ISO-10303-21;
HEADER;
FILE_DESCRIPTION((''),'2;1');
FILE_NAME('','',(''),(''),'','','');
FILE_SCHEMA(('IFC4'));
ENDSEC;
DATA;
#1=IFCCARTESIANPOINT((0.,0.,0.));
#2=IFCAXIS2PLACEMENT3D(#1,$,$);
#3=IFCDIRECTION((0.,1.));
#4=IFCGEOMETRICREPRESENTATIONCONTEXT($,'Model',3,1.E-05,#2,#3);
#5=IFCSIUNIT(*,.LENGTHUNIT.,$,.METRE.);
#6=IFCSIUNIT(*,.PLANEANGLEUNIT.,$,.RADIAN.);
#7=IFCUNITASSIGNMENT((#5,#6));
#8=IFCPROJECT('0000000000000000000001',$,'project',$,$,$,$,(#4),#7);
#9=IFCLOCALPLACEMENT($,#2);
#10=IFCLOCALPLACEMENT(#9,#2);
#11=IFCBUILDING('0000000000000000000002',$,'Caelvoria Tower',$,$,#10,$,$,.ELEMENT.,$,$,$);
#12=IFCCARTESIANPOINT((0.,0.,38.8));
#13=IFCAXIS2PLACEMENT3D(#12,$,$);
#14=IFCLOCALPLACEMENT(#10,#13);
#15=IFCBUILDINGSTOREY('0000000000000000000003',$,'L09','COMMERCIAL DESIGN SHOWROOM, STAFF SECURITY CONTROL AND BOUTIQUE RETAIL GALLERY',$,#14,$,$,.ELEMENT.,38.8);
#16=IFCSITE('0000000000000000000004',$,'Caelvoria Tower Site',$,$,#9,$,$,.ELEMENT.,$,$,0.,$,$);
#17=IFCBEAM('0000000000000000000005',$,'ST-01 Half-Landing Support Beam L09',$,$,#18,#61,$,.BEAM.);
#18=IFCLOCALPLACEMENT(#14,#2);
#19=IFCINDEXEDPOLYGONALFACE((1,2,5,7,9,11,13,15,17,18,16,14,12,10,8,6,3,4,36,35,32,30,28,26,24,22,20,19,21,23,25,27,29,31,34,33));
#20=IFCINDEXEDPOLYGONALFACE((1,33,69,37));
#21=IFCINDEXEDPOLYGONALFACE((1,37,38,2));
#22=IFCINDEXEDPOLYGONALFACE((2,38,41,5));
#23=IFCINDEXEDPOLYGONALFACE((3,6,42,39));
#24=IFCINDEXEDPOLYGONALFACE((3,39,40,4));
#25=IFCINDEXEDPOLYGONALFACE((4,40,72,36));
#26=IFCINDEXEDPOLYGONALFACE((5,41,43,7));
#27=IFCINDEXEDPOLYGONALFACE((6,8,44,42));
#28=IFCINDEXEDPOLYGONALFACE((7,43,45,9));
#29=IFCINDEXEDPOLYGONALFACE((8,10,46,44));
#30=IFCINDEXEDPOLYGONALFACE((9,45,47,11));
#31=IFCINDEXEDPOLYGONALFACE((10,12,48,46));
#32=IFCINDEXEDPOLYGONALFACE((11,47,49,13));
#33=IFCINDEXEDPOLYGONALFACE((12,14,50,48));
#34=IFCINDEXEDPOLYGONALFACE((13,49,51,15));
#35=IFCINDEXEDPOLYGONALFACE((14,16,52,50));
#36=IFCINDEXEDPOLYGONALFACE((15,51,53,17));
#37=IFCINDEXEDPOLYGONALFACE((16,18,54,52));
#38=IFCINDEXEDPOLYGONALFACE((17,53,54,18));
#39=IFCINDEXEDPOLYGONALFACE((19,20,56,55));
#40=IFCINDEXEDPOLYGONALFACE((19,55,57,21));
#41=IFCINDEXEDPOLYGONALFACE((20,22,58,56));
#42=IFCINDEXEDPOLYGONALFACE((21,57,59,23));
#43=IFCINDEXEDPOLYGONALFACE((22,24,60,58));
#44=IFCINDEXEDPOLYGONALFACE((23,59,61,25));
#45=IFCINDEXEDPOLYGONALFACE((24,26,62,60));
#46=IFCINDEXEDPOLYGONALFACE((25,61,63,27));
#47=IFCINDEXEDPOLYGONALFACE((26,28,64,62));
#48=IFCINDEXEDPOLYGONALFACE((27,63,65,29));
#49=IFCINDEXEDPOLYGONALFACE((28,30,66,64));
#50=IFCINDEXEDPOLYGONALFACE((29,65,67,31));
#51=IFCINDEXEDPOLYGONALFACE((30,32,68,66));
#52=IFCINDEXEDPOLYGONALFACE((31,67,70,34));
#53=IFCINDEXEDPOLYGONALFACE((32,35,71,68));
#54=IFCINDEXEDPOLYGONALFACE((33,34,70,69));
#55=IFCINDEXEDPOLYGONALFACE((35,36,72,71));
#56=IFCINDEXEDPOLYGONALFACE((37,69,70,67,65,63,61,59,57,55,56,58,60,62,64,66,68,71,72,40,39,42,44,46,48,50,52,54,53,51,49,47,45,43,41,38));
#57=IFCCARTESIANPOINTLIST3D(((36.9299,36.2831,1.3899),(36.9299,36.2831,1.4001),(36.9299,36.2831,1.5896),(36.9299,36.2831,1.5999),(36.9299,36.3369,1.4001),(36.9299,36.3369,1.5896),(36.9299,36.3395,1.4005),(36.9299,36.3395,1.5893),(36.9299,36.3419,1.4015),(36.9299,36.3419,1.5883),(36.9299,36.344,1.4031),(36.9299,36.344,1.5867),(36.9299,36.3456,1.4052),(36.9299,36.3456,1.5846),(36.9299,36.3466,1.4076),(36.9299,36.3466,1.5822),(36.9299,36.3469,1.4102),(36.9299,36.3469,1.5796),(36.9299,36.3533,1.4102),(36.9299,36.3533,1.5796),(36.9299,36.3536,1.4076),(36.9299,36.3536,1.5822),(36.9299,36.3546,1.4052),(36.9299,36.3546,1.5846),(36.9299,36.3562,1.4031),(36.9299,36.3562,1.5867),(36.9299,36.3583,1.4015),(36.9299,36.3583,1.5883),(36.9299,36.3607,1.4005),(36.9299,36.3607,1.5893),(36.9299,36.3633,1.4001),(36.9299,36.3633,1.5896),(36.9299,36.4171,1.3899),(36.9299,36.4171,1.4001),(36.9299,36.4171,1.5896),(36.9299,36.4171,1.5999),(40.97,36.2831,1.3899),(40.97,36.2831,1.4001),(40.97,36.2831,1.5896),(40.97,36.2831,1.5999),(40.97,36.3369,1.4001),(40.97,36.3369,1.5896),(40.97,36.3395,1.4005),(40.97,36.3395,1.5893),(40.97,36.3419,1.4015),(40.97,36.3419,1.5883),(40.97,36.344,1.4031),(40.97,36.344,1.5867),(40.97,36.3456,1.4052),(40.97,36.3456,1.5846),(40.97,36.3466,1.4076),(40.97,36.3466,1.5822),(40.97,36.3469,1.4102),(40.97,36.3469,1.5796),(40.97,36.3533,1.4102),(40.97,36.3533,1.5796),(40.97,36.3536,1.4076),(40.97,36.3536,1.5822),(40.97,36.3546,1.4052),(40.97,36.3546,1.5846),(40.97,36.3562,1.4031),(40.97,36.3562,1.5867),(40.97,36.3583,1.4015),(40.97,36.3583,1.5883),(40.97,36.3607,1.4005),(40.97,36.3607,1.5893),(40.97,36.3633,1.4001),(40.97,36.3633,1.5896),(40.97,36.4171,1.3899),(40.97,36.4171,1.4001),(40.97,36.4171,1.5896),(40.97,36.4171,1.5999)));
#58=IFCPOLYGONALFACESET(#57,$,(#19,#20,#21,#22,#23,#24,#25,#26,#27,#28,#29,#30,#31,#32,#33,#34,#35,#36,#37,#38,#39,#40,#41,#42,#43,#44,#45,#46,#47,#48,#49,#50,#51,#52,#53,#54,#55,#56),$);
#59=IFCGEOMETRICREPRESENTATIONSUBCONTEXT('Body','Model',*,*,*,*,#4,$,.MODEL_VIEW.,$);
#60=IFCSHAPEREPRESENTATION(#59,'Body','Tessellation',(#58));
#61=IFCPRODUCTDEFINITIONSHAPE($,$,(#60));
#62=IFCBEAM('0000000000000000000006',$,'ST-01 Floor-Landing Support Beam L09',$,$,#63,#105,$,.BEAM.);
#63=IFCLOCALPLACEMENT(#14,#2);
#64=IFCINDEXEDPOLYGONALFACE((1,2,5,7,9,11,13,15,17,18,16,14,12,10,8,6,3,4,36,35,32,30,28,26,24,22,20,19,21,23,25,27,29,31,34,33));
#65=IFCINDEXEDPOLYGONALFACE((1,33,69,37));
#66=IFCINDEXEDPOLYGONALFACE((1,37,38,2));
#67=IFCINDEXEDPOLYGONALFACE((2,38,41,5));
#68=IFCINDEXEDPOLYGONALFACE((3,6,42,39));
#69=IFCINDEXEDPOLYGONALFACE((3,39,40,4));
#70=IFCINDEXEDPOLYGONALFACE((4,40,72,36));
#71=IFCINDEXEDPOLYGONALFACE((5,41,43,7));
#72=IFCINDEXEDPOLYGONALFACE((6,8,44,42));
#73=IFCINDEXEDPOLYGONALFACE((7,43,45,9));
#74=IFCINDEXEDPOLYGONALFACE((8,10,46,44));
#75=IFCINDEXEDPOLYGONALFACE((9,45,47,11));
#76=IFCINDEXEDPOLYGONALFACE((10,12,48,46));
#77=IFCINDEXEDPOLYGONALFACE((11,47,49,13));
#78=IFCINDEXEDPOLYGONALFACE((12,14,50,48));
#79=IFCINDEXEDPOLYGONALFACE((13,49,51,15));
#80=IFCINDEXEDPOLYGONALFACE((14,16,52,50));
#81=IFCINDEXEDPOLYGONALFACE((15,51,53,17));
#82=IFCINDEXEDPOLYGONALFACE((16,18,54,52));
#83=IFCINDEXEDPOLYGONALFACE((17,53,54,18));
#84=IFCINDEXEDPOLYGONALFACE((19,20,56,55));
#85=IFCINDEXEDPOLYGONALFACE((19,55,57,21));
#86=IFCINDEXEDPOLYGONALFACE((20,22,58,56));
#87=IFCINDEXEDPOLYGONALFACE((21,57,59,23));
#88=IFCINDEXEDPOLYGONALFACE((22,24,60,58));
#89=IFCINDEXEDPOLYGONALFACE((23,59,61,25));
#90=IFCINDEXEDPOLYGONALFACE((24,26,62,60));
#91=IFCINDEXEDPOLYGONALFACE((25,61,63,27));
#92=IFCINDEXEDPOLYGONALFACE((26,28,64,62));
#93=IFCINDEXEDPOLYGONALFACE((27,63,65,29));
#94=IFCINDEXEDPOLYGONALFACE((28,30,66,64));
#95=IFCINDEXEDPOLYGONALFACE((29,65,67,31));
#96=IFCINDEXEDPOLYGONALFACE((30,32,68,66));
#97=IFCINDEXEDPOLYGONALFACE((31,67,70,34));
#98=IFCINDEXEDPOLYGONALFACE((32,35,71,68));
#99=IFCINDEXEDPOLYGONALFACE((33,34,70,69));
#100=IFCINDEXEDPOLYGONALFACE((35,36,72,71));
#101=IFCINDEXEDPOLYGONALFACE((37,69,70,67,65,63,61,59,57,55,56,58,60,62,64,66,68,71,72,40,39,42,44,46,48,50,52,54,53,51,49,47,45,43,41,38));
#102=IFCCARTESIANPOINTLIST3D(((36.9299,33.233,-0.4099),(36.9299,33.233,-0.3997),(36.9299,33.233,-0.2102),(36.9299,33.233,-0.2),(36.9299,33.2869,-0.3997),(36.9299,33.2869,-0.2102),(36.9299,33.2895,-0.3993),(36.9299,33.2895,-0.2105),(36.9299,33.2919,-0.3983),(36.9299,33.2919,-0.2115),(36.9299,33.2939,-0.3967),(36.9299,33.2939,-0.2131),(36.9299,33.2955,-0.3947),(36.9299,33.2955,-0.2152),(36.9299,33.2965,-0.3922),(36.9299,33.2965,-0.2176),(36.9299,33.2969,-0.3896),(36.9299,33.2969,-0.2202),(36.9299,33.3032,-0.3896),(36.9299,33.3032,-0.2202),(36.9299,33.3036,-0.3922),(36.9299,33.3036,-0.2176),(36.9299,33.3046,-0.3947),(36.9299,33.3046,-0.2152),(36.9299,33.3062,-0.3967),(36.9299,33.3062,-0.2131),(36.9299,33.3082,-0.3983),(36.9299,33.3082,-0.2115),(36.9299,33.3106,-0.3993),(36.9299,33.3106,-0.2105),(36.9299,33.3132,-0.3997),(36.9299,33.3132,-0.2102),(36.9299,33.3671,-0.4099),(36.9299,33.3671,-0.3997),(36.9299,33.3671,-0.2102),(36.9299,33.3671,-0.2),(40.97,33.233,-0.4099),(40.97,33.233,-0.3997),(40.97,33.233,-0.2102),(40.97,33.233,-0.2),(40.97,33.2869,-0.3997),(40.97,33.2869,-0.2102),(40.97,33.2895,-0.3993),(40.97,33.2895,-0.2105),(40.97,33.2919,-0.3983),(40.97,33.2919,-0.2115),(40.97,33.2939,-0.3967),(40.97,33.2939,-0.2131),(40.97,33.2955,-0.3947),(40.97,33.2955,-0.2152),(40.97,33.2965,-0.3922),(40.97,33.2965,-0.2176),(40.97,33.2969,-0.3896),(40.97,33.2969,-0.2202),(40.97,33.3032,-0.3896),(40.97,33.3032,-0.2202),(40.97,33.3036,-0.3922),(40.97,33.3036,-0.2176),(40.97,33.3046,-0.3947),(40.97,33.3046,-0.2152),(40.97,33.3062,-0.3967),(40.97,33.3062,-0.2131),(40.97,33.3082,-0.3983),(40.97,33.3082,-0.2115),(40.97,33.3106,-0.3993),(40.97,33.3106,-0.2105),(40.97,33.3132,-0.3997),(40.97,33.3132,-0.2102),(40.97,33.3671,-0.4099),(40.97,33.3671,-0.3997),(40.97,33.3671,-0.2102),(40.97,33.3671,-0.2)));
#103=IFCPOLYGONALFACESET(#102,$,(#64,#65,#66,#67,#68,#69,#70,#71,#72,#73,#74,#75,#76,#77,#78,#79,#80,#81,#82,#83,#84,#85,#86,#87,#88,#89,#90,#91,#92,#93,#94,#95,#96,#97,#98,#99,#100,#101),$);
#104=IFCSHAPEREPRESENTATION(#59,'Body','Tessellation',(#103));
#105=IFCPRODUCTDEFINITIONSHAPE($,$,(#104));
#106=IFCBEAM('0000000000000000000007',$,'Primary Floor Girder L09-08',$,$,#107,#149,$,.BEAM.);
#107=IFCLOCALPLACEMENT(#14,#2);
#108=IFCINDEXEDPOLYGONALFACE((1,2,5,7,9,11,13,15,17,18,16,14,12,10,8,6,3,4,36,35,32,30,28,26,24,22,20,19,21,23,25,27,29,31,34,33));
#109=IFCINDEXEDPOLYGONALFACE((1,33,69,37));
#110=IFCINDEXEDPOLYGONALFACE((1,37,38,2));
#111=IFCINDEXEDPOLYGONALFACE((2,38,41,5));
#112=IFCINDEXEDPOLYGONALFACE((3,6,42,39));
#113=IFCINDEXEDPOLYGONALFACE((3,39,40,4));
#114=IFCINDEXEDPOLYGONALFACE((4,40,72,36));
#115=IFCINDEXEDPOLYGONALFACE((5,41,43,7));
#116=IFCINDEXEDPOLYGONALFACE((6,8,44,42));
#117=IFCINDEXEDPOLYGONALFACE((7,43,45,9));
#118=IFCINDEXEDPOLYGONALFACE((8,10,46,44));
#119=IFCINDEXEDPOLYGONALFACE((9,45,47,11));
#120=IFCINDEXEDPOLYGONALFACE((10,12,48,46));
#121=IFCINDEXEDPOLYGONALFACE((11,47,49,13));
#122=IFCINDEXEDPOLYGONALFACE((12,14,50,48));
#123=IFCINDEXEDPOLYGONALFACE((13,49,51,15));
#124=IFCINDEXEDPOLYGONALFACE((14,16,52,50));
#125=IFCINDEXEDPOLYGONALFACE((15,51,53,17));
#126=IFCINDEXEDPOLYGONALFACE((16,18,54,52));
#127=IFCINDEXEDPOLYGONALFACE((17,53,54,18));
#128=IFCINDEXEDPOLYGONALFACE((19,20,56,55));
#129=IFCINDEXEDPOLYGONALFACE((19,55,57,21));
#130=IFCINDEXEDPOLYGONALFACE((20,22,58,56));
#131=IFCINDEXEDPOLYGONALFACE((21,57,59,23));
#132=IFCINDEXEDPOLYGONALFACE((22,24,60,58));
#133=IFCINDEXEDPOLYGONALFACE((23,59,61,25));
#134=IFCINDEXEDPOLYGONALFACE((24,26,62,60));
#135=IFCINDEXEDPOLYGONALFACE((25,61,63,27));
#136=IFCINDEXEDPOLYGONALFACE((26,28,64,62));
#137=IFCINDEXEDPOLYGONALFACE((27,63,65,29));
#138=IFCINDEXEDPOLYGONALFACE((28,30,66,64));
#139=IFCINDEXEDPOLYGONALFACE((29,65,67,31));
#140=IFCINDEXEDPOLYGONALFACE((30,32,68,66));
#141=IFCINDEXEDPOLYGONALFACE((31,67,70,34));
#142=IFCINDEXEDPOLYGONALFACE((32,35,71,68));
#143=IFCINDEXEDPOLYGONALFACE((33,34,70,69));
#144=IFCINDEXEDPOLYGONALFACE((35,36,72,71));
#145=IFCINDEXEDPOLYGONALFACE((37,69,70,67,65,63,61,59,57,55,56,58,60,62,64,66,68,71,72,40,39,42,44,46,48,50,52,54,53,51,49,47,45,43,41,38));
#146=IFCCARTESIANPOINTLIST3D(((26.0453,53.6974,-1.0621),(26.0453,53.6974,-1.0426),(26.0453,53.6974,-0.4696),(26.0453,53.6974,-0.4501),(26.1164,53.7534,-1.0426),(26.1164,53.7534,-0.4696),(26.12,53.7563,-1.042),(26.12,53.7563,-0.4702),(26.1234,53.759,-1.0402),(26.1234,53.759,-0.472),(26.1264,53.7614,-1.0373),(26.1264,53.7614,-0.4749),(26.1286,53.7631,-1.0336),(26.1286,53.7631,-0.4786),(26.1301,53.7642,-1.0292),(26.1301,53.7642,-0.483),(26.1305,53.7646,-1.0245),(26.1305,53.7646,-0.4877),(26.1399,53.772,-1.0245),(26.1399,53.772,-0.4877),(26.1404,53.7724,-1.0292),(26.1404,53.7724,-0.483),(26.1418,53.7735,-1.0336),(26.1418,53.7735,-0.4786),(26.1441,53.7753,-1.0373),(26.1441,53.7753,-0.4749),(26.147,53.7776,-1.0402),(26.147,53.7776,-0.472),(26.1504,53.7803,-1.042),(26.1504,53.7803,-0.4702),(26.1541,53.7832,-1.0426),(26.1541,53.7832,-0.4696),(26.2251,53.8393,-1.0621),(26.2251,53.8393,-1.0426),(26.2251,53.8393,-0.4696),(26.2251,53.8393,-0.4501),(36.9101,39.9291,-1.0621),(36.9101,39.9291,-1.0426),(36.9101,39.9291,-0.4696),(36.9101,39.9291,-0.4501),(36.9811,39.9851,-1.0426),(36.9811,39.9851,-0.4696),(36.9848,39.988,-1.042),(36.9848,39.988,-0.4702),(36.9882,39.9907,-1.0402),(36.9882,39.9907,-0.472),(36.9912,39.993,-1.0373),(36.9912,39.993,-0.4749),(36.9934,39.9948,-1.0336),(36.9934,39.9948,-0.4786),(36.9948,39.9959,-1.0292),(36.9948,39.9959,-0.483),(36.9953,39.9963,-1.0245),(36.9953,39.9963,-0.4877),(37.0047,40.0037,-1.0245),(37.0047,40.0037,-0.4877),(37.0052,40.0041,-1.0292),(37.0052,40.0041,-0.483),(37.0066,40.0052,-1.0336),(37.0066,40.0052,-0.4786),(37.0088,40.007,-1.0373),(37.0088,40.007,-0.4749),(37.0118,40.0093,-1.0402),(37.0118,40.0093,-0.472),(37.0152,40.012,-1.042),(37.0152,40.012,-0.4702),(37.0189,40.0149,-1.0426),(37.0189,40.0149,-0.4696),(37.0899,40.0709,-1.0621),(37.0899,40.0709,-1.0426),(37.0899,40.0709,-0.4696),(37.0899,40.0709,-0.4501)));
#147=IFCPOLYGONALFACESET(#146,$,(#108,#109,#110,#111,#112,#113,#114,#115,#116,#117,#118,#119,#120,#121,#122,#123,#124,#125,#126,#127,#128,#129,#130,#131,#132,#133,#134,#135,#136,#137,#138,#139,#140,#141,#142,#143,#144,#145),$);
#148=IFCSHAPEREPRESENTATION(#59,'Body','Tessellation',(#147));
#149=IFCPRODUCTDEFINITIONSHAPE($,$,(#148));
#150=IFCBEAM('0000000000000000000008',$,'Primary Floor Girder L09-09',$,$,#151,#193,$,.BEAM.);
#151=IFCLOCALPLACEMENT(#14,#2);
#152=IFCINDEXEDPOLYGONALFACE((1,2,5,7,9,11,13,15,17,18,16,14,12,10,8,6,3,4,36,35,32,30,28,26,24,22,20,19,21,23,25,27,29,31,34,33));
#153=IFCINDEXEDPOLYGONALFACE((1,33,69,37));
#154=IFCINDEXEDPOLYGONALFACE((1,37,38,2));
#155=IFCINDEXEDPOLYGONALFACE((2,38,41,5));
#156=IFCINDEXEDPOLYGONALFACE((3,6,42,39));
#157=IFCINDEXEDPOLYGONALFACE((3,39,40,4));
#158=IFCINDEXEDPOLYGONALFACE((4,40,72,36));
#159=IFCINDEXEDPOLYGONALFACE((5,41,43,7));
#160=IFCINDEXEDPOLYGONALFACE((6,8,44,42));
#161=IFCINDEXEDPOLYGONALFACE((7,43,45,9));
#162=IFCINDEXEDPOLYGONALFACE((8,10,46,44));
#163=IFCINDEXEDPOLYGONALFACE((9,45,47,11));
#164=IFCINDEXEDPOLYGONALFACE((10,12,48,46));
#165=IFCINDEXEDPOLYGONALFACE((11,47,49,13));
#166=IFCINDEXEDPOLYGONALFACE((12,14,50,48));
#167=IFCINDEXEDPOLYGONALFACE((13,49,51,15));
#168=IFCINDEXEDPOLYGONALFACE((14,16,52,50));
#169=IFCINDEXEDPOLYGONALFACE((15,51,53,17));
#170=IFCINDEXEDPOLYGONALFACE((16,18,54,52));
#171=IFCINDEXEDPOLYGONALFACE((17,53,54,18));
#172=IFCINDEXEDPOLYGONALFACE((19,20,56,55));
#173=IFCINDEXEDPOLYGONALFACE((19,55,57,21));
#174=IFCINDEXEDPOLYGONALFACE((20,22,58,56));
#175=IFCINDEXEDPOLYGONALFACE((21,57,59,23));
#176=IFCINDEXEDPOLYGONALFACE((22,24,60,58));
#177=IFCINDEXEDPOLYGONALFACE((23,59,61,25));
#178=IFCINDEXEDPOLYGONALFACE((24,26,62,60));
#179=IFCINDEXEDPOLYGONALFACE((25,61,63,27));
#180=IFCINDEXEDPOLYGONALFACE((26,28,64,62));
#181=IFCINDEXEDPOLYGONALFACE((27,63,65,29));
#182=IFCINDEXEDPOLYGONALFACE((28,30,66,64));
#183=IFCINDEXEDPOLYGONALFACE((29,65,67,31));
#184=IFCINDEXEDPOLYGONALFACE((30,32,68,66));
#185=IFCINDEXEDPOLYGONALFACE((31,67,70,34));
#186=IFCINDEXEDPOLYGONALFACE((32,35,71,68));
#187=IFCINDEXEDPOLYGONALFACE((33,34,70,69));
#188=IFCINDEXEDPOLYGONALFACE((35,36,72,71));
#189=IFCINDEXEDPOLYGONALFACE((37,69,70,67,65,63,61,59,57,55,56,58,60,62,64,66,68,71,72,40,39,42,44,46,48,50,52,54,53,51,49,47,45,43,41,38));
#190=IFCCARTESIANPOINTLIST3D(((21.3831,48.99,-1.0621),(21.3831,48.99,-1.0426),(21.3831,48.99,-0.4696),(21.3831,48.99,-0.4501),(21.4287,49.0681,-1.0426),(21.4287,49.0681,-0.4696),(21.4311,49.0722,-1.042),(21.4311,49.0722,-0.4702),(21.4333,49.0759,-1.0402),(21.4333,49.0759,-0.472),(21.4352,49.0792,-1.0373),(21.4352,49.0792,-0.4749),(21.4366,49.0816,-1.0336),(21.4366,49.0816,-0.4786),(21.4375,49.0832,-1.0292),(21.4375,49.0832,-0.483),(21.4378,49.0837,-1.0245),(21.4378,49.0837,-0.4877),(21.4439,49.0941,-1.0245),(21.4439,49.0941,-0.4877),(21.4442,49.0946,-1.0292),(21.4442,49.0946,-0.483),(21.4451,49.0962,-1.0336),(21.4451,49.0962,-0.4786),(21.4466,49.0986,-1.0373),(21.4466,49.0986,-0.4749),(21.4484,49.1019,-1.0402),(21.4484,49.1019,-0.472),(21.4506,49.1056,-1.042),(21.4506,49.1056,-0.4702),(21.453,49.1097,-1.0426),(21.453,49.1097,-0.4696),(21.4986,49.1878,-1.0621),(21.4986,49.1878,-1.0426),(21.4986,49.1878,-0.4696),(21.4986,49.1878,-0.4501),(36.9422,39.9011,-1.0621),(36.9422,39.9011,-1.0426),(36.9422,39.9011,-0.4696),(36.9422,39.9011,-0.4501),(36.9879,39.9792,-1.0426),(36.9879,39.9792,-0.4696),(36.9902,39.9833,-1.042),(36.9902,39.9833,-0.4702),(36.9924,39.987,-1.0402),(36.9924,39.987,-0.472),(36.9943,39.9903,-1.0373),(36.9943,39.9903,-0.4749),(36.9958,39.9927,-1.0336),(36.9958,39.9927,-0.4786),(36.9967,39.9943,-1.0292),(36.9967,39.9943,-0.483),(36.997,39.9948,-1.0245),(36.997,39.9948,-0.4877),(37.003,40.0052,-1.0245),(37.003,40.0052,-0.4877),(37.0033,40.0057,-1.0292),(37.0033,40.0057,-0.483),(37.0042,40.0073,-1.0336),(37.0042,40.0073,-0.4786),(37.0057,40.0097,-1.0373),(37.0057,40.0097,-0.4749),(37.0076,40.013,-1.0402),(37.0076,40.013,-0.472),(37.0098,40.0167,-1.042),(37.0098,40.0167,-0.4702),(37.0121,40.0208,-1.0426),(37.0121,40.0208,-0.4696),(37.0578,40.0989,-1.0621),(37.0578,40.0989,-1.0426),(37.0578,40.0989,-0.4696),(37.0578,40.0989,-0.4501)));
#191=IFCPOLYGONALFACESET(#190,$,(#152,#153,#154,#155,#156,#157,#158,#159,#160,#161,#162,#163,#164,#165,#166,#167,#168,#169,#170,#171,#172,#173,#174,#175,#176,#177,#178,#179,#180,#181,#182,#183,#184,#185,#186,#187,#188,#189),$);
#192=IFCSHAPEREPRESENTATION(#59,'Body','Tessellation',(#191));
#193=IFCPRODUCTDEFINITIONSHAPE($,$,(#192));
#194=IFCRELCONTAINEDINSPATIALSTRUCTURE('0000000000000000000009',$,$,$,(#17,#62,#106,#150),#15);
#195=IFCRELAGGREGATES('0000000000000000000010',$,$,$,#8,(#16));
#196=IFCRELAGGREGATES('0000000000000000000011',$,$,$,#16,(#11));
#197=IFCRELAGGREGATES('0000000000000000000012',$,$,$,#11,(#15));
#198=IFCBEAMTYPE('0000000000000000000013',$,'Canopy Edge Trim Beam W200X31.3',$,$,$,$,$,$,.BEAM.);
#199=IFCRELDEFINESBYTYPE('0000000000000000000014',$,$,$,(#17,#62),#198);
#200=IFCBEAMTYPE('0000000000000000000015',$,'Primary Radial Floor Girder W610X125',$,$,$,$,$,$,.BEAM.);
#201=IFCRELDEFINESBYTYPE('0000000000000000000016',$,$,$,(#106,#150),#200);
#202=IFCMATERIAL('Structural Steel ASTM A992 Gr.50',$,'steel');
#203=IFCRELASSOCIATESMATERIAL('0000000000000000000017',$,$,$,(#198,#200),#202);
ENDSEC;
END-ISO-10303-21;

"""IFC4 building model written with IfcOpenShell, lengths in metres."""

from ifc_helpers import new_model, si_unit, direction, frame, origin, origin_2d, place, context, subcontext, project, spatial, i_section, extrude, material, material_profile, profile_set, type_object, element, save


model = new_model("IFC4")

# Units and contexts
model_context = context("Model", 3, precision=1e-05, world=origin(), true_north=direction((0.0, 1.0)))
body_context = subcontext(model_context, "Body", "Model", "MODEL_VIEW")
ifc_project = project(units=[si_unit("LENGTHUNIT", "METRE"), si_unit("PLANEANGLEUNIT", "RADIAN")], contexts=[model_context])

# Site, building, storey
site_placement = place(None, origin())
site = spatial("IfcSite", under=ifc_project, at=site_placement, Name="Caelvoria Tower Site", CompositionType="ELEMENT", RefElevation=0.0)
building_placement = place(site_placement, origin())
building = spatial("IfcBuilding", under=site, at=building_placement, Name="Caelvoria Tower", CompositionType="ELEMENT")
storey_placement = place(building_placement, frame((0.0, 0.0, 38.8)))
storey = spatial("IfcBuildingStorey", under=building, at=storey_placement, Name="L09", Description="COMMERCIAL DESIGN SHOWROOM, STAFF SECURITY CONTROL AND BOUTIQUE RETAIL GALLERY", CompositionType="ELEMENT", Elevation=38.8)

# Beams
ifc_material_1 = material(Name="Structural Steel ASTM A992 Gr.50", Category="steel")
ifc_material_profile_1 = material_profile(ifc_material_1, i_section(OverallWidth=0.134, OverallDepth=0.21, WebThickness=0.0063, FlangeThickness=0.0103, FilletRadius=0.01, at=origin_2d()), Name="Structural Steel ASTM A992 Gr.50")
ifc_profile_set_1 = profile_set([ifc_material_profile_1], Name="W200X31.3 - Structural Steel ASTM A992 Gr.50")
beam_type_1 = type_object("IfcBeamType", Name="Canopy Edge Trim Beam W200X31.3", PredefinedType="BEAM", material=ifc_profile_set_1)
for number, where, z_axis, x_axis, name in (
    (1, (36.9299, 36.3501, 1.4949), (1.0, 0.0, 0.0), (0.0, 1.0, 0.0), "ST-01 Half-Landing Support Beam L09"),
    (2, (36.9299, 33.3, -0.3049), (1.0, 0.0, 0.0), (0.0, 1.0, 0.0), "ST-01 Floor-Landing Support Beam L09"),
):
    element("IfcBeam", number, at=place(storey_placement, frame(where, z_axis=z_axis, x_axis=x_axis)), inside=storey, type_object=beam_type_1, Name=name, PredefinedType="BEAM", context=body_context, shape_type="SweptSolid", body=[
        extrude(i_section(OverallWidth=0.134, OverallDepth=0.21, WebThickness=0.0063, FlangeThickness=0.0103, FilletRadius=0.01, at=origin_2d()), origin(), (0.0, 0.0, 1.0), 4.04),
    ])
ifc_material_profile_2 = material_profile(ifc_material_1, i_section(OverallWidth=0.229, OverallDepth=0.6121, WebThickness=0.012, FlangeThickness=0.0195, FilletRadius=0.0181, at=origin_2d()), Name="Structural Steel ASTM A992 Gr.50")
ifc_profile_set_2 = profile_set([ifc_material_profile_2], Name="W610X125 - Structural Steel ASTM A992 Gr.50")
beam_type_2 = type_object("IfcBeamType", Name="Primary Radial Floor Girder W610X125", PredefinedType="BEAM", material=ifc_profile_set_2)
beam_1_placement = place(storey_placement, frame((37.0, 40.0, -0.7561), z_axis=(-0.61947, 0.785021, 0.0), x_axis=(-0.785021, -0.61947, 0.0)))
element("IfcBeam", 3, at=beam_1_placement, inside=storey, type_object=beam_type_2, Name="Primary Floor Girder L09-08", PredefinedType="BEAM", context=body_context, shape_type="SweptSolid", body=[
    extrude(i_section(OverallWidth=0.229, OverallDepth=0.6121, WebThickness=0.012, FlangeThickness=0.0195, FilletRadius=0.0181, at=origin_2d()), origin(), (0.0, 0.0, 1.0), 17.5388),
])
beam_2_placement = place(storey_placement, frame((37.0, 40.0, -0.7561), z_axis=(-0.863471, 0.504398, 0.0), x_axis=(-0.504398, -0.863471, 0.0)))
element("IfcBeam", 4, at=beam_2_placement, inside=storey, type_object=beam_type_2, Name="Primary Floor Girder L09-09", PredefinedType="BEAM", context=body_context, shape_type="SweptSolid", body=[
    extrude(i_section(OverallWidth=0.229, OverallDepth=0.6121, WebThickness=0.012, FlangeThickness=0.0195, FilletRadius=0.0181, at=origin_2d()), origin(), (0.0, 0.0, 1.0), 18.0193),
])

save(model, "model.ifc")
